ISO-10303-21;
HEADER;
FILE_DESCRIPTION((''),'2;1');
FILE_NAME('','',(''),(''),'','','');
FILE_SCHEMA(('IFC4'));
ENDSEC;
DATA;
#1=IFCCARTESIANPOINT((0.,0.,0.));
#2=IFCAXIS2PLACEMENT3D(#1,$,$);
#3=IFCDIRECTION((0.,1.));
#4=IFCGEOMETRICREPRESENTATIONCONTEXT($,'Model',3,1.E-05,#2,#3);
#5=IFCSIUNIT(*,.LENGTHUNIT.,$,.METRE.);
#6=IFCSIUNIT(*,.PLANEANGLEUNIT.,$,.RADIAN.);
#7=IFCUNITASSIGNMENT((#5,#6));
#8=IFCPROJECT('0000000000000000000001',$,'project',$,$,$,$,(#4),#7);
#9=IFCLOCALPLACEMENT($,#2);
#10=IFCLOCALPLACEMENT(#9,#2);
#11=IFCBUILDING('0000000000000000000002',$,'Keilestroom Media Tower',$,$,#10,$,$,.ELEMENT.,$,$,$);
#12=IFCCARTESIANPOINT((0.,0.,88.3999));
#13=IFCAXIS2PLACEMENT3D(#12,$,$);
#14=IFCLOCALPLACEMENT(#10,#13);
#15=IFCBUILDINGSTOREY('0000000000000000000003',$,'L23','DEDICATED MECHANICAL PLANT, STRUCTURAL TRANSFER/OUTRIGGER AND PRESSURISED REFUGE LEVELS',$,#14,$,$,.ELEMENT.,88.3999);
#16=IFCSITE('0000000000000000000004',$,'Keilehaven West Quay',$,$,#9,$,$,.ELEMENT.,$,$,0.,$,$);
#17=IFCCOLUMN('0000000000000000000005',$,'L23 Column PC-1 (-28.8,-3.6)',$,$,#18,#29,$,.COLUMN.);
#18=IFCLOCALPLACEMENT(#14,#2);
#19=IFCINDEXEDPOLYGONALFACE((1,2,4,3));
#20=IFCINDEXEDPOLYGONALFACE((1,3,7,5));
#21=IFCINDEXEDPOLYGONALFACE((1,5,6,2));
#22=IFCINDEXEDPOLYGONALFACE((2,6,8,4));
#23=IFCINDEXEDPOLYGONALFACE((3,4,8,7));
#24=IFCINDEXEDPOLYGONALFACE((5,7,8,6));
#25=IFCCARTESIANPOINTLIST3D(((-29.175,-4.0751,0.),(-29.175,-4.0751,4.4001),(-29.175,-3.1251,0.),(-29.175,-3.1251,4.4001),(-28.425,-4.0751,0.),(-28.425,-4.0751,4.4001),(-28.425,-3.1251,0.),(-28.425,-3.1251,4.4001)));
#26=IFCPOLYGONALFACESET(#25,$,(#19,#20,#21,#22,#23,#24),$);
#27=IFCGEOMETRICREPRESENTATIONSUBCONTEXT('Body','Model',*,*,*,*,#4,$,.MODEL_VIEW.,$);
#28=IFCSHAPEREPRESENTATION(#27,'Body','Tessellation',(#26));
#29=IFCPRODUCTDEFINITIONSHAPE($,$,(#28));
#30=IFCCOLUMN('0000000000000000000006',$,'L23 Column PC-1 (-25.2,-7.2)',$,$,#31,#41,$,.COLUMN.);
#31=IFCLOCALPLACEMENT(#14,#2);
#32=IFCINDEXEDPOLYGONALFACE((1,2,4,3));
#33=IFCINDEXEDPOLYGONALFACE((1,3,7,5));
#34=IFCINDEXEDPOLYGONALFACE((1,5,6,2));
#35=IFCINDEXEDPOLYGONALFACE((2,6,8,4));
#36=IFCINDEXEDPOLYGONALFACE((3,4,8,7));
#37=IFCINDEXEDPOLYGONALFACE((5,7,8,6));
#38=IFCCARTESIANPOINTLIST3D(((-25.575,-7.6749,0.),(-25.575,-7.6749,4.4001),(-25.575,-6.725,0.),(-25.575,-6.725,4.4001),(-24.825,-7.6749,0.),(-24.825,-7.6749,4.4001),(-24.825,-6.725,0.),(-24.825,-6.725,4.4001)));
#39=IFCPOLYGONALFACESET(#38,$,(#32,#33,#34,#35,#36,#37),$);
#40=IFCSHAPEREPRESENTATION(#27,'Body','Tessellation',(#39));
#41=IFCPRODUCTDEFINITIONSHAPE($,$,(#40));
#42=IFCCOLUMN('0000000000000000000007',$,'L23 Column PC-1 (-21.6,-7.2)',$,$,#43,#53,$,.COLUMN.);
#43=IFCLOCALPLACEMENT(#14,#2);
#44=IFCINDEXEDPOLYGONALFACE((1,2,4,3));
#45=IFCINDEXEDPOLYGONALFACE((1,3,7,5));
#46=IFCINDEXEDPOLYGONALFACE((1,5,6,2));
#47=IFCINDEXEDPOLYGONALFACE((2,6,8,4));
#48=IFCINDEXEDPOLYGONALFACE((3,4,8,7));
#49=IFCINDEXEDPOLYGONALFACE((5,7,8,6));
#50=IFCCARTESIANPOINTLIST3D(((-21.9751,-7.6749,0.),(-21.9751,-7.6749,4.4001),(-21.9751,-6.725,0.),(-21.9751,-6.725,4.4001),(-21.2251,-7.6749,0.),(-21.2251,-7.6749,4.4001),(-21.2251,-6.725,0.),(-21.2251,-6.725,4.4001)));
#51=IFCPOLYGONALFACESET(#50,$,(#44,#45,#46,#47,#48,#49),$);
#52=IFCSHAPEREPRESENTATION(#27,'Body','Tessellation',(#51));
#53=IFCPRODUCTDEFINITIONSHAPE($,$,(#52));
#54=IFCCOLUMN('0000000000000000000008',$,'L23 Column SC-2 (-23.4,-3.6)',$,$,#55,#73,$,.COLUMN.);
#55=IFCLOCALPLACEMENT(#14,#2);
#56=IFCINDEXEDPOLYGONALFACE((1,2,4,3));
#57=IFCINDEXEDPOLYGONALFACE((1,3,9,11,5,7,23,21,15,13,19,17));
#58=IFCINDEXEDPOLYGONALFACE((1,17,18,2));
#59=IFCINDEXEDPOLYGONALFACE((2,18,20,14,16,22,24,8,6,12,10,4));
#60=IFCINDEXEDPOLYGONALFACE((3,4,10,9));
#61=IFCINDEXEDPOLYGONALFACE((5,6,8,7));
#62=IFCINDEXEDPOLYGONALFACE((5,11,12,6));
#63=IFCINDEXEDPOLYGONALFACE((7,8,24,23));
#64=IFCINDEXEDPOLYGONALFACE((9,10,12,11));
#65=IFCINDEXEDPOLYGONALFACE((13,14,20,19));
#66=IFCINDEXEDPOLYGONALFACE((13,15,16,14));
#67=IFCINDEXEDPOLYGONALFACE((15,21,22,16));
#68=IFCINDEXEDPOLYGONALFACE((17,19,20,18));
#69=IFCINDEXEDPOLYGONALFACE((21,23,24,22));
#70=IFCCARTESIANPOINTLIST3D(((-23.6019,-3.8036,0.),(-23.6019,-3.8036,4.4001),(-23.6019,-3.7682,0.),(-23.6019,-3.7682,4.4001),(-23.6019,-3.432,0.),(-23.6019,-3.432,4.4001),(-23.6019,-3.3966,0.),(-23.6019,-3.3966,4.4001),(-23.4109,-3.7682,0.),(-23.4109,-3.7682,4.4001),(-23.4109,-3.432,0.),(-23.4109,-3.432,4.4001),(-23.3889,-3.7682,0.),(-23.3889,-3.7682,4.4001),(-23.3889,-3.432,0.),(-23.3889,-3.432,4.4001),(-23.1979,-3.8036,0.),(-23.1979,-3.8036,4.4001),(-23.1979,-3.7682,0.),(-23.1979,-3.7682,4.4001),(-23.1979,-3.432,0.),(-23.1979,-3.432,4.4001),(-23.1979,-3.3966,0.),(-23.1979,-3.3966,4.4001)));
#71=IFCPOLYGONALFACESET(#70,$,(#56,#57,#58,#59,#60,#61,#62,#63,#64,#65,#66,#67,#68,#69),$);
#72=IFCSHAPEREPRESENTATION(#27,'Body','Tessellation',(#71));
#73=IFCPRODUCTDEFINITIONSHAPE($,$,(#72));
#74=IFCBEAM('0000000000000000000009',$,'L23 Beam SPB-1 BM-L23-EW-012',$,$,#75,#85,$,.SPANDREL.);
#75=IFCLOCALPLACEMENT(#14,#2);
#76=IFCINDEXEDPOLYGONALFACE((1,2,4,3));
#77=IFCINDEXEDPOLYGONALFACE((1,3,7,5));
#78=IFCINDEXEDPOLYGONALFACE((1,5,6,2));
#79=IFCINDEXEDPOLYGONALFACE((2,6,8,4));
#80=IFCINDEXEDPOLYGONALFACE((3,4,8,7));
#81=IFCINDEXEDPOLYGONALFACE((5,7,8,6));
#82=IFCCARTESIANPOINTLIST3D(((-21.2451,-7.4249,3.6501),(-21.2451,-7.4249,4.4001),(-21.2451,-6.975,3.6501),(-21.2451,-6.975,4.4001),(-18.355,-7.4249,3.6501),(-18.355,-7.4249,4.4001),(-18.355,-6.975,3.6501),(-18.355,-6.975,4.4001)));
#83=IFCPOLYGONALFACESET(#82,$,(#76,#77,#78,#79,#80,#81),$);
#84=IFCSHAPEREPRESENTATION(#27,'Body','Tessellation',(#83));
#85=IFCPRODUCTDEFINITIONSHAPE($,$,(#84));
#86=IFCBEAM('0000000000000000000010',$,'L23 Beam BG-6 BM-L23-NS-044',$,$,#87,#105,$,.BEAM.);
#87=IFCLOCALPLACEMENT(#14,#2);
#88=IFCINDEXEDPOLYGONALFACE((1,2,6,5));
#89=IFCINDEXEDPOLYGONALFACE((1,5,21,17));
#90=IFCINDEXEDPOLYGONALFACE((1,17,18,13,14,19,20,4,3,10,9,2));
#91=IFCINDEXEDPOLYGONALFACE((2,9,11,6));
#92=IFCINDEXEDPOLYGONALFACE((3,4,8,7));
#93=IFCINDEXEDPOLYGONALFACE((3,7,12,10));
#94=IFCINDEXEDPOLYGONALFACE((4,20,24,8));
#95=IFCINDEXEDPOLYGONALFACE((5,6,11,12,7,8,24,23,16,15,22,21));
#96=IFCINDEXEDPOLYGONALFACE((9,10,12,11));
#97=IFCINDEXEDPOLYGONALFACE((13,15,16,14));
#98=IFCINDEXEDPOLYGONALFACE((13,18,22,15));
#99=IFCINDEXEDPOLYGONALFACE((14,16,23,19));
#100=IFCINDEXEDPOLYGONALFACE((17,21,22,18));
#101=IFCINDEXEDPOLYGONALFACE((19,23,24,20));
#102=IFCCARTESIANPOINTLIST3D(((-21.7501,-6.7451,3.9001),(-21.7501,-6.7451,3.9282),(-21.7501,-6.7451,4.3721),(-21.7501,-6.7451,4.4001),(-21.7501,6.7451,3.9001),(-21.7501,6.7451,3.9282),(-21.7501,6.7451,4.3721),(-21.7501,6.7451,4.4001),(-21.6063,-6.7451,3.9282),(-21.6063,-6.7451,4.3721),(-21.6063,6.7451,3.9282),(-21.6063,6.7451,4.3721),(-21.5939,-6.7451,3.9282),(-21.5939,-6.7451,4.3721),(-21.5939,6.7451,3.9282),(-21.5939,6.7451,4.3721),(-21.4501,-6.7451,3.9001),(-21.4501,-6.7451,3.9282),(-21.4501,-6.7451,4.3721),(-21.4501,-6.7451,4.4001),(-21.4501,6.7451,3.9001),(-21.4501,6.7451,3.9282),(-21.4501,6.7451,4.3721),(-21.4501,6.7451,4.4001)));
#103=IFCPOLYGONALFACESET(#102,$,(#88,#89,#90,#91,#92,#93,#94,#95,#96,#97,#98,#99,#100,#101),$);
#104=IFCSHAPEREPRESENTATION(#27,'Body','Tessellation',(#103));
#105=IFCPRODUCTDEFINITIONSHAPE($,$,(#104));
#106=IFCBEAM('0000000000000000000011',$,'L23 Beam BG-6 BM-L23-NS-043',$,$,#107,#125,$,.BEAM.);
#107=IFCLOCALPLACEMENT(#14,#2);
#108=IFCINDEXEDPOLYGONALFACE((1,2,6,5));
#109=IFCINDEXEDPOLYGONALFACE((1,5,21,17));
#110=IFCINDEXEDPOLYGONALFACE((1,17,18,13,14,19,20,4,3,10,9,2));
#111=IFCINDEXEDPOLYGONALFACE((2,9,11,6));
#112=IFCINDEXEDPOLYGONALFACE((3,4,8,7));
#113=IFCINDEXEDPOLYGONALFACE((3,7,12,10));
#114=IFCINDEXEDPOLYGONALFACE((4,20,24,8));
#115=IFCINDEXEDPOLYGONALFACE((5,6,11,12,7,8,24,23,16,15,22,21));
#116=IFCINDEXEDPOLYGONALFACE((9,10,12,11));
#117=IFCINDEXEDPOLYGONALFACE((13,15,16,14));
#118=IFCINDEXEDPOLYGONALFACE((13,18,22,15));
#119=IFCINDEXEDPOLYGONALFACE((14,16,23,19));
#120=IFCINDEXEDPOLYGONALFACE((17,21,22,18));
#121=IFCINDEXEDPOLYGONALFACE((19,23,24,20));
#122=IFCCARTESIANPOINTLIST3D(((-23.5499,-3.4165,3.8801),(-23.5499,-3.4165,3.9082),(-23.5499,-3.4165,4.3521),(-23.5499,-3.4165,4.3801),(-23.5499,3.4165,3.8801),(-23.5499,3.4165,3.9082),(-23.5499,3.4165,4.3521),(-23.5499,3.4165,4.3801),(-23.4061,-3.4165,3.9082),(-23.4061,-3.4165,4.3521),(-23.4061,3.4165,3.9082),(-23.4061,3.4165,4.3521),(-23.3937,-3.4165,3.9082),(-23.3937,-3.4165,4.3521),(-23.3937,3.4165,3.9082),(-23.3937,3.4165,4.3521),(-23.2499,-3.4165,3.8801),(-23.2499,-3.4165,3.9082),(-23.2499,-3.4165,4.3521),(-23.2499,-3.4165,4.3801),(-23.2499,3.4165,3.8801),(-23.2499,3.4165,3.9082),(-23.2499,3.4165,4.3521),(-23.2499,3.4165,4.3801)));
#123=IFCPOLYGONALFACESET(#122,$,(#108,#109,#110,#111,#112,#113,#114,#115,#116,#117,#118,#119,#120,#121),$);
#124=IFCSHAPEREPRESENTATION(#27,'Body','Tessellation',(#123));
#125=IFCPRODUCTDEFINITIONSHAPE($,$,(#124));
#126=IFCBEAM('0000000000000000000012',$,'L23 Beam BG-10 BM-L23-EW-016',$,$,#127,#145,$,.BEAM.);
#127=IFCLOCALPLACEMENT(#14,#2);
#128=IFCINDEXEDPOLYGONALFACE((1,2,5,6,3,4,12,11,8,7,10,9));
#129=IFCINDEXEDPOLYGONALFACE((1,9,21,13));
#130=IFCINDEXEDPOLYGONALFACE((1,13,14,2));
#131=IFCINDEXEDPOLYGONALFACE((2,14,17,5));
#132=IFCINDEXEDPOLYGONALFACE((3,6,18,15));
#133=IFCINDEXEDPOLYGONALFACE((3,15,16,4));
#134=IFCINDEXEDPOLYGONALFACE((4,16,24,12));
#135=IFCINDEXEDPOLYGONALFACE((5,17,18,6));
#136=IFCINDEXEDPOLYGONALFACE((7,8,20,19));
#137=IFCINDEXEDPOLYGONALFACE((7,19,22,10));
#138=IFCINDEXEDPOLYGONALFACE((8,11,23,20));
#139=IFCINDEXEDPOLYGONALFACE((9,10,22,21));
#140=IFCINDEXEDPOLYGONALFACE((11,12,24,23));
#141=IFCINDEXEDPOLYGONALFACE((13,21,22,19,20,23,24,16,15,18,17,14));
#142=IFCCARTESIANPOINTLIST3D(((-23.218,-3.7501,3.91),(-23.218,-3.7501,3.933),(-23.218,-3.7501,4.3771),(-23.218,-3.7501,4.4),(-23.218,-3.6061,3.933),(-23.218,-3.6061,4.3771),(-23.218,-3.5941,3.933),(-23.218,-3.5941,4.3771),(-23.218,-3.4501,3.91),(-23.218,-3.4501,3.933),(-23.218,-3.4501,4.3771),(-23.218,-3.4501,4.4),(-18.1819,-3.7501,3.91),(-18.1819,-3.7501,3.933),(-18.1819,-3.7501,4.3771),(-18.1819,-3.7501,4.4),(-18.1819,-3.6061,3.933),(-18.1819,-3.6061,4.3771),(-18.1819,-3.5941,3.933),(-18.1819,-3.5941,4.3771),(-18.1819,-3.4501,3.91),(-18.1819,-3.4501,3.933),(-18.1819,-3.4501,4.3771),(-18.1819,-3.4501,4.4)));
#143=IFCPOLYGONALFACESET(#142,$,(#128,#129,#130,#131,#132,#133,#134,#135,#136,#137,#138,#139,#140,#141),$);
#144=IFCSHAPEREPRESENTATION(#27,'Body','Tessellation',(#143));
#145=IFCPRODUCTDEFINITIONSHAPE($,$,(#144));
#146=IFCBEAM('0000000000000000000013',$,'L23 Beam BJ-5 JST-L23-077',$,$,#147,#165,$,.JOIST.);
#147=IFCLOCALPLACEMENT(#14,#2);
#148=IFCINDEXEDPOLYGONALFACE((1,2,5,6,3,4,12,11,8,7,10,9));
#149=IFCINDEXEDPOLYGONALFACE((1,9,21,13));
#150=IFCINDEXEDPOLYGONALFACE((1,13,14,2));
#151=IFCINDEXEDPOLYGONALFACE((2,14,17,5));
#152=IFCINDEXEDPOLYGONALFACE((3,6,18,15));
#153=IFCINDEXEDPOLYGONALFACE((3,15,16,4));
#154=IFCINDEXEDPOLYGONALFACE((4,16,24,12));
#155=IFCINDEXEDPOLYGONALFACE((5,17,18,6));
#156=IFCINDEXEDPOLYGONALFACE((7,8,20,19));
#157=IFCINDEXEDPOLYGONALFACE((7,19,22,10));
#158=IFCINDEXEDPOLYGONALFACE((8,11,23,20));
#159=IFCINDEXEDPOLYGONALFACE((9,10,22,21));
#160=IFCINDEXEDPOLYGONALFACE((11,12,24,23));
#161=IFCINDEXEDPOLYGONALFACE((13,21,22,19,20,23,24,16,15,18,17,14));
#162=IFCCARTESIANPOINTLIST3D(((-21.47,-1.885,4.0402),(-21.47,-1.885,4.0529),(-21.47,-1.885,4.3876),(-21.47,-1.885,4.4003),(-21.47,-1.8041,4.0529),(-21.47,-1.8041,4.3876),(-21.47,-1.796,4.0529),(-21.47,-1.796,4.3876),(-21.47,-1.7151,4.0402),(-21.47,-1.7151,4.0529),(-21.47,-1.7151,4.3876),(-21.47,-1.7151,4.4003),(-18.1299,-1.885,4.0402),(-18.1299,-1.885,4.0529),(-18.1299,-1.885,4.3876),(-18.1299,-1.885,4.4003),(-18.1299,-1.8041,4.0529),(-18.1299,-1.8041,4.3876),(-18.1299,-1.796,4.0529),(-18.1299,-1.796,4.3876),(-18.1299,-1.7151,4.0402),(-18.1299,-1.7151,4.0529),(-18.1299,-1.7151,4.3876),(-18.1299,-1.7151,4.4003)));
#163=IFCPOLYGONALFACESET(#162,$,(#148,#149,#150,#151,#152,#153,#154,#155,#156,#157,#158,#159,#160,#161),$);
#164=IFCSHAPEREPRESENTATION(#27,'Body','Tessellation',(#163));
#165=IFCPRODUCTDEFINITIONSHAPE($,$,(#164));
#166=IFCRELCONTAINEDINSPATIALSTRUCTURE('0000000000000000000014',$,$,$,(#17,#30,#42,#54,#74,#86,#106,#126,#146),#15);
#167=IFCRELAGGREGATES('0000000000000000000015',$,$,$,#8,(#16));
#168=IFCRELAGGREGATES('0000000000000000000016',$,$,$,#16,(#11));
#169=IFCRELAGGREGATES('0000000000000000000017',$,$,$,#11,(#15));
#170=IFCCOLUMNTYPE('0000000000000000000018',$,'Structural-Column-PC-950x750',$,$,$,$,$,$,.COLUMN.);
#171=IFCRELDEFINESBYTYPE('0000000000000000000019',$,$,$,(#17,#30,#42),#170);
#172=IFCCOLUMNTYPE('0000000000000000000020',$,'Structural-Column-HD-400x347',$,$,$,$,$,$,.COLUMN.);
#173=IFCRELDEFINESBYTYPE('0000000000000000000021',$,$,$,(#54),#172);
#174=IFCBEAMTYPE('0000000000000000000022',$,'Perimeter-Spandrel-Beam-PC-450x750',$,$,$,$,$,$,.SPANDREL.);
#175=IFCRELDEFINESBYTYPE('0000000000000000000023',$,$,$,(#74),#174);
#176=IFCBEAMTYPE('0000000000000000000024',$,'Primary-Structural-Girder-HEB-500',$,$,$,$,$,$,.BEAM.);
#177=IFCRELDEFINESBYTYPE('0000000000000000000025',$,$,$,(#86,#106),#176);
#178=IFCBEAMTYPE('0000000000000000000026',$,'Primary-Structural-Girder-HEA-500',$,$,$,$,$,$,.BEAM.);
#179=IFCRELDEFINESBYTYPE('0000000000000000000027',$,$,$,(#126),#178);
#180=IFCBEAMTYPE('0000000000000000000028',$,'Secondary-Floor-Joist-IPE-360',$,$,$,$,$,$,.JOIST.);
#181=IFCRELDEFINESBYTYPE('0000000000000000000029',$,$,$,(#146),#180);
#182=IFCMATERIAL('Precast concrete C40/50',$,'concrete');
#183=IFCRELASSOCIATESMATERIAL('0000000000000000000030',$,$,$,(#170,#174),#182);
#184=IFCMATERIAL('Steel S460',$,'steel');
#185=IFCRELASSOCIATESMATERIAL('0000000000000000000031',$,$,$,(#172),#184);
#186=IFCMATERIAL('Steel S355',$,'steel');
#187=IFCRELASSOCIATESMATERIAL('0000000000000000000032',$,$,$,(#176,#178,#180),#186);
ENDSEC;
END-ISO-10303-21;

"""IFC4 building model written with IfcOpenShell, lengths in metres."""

from ifc_helpers import new_model, si_unit, direction, frame, origin, origin_2d, place, context, subcontext, project, spatial, rectangle, i_section, extrude, source, transform, mapped, material, material_profile, profile_set, type_object, element, save


model = new_model("IFC4")

# Units and contexts
model_context = context("Model", 3, precision=1e-05, world=origin(), true_north=direction((0.0, 1.0)))
body_context = subcontext(model_context, "Body", "Model", "MODEL_VIEW")
ifc_project = project(units=[si_unit("LENGTHUNIT", "METRE"), si_unit("PLANEANGLEUNIT", "RADIAN")], contexts=[model_context])

# Site, building, storey
site_placement = place(None, origin())
site = spatial("IfcSite", under=ifc_project, at=site_placement, Name="Keilehaven West Quay", CompositionType="ELEMENT", RefElevation=0.0)
building_placement = place(site_placement, origin())
building = spatial("IfcBuilding", under=site, at=building_placement, Name="Keilestroom Media Tower", CompositionType="ELEMENT")
storey_placement = place(building_placement, frame((0.0, 0.0, 88.3999)))
storey = spatial("IfcBuildingStorey", under=building, at=storey_placement, Name="L23", Description="DEDICATED MECHANICAL PLANT, STRUCTURAL TRANSFER/OUTRIGGER AND PRESSURISED REFUGE LEVELS", CompositionType="ELEMENT", Elevation=88.3999)

# Columns
ifc_material_1 = material(Name="Precast concrete C40/50", Category="concrete")
ifc_material_profile_1 = material_profile(ifc_material_1, rectangle(XDim=0.75, YDim=0.95, at=origin_2d()), Name="PC 950x750")
ifc_profile_set_1 = profile_set([ifc_material_profile_1], Name="Precast concrete C40/50")
column_type_1 = type_object("IfcColumnType", Name="Structural-Column-PC-950x750", PredefinedType="COLUMN", material=ifc_profile_set_1)
shared_shape_1 = source(origin(), body_context, "Body", "SweptSolid", [
    extrude(rectangle(XDim=0.75, YDim=0.95, at=origin_2d()), origin(), (0.0, 0.0, 1.0), 4.4001),
])
for number, where, z_axis, x_axis, name in (
    (1, (-28.8, -3.6001, 0.0), (0.0, 0.0, 1.0), (1.0, 0.0, 0.0), "L23 Column PC-1 (-28.8,-3.6)"),
    (2, (-25.2, -7.2, 0.0), (0.0, 0.0, 1.0), (1.0, 0.0, 0.0), "L23 Column PC-1 (-25.2,-7.2)"),
    (3, (-21.6001, -7.2, 0.0), (0.0, 0.0, 1.0), (1.0, 0.0, 0.0), "L23 Column PC-1 (-21.6,-7.2)"),
):
    element("IfcColumn", number, at=place(storey_placement, frame(where, z_axis=z_axis, x_axis=x_axis)), inside=storey, type_object=column_type_1, Name=name, PredefinedType="COLUMN", context=body_context, shape_type="MappedRepresentation", body=[
        mapped(shared_shape_1, transform((0.0, 0.0, 0.0), x_axis=(1.0, 0.0, 0.0), y_axis=(0.0, 1.0, 0.0), z_axis=(0.0, 0.0, 1.0), scale=1.0)),
    ])
ifc_material_2 = material(Name="Steel S460", Category="steel")
ifc_material_profile_2 = material_profile(ifc_material_2, i_section(OverallWidth=0.4041, OverallDepth=0.407, WebThickness=0.022, FlangeThickness=0.0354, at=origin_2d()), Name="HD 400x347")
ifc_profile_set_2 = profile_set([ifc_material_profile_2], Name="Steel S460")
column_type_2 = type_object("IfcColumnType", Name="Structural-Column-HD-400x347", PredefinedType="COLUMN", material=ifc_profile_set_2)
shared_shape_2 = source(origin(), body_context, "Body", "SweptSolid", [
    extrude(i_section(OverallWidth=0.4041, OverallDepth=0.407, WebThickness=0.022, FlangeThickness=0.0354, at=origin_2d()), origin(), (0.0, 0.0, 1.0), 4.4001),
])
column_placement = place(storey_placement, frame((-23.3999, -3.6001, 0.0), z_axis=(0.0, 0.0, 1.0), x_axis=(1.0, 0.0, 0.0)))
element("IfcColumn", 4, at=column_placement, inside=storey, type_object=column_type_2, Name="L23 Column SC-2 (-23.4,-3.6)", PredefinedType="COLUMN", context=body_context, shape_type="MappedRepresentation", body=[
    mapped(shared_shape_2, transform((0.0, 0.0, 0.0), x_axis=(1.0, 0.0, 0.0), y_axis=(0.0, 1.0, 0.0), z_axis=(0.0, 0.0, 1.0), scale=1.0)),
])

# Beams
ifc_material_profile_3 = material_profile(ifc_material_1, rectangle(XDim=0.45, YDim=0.75, at=origin_2d()), Name="PC 450x750")
ifc_profile_set_3 = profile_set([ifc_material_profile_3], Name="Precast concrete C40/50")
beam_type_1 = type_object("IfcBeamType", Name="Perimeter-Spandrel-Beam-PC-450x750", PredefinedType="SPANDREL", material=ifc_profile_set_3)
shared_shape_3 = source(origin(), body_context, "Body", "SweptSolid", [
    extrude(rectangle(XDim=0.45, YDim=0.75, at=origin_2d()), origin(), (0.0, 0.0, 1.0), 2.8901),
])
beam_1_placement = place(storey_placement, frame((-21.2451, -7.2, 4.0251), z_axis=(1.0, 0.0, 0.0), x_axis=(0.0, 1.0, 0.0)))
element("IfcBeam", 5, at=beam_1_placement, inside=storey, type_object=beam_type_1, Name="L23 Beam SPB-1 BM-L23-EW-012", PredefinedType="SPANDREL", context=body_context, shape_type="MappedRepresentation", body=[
    mapped(shared_shape_3, transform((0.0, 0.0, 0.0), x_axis=(1.0, 0.0, 0.0), y_axis=(0.0, 1.0, 0.0), z_axis=(0.0, 0.0, 1.0), scale=1.0)),
])
ifc_material_3 = material(Name="Steel S355", Category="steel")
ifc_material_profile_4 = material_profile(ifc_material_3, i_section(OverallWidth=0.3, OverallDepth=0.5, WebThickness=0.0125, FlangeThickness=0.0281, at=origin_2d()), Name="HEB 500")
ifc_profile_set_4 = profile_set([ifc_material_profile_4], Name="Steel S355")
beam_type_2 = type_object("IfcBeamType", Name="Primary-Structural-Girder-HEB-500", PredefinedType="BEAM", material=ifc_profile_set_4)
shared_shape_4 = source(origin(), body_context, "Body", "SweptSolid", [
    extrude(i_section(OverallWidth=0.3, OverallDepth=0.5, WebThickness=0.0125, FlangeThickness=0.0281, at=origin_2d()), origin(), (0.0, 0.0, 1.0), 13.4902),
])
beam_2_placement = place(storey_placement, frame((-21.6001, -6.7451, 4.1501), z_axis=(0.0, 1.0, 0.0), x_axis=(-1.0, 0.0, 0.0)))
element("IfcBeam", 6, at=beam_2_placement, inside=storey, type_object=beam_type_2, Name="L23 Beam BG-6 BM-L23-NS-044", PredefinedType="BEAM", context=body_context, shape_type="MappedRepresentation", body=[
    mapped(shared_shape_4, transform((0.0, 0.0, 0.0), x_axis=(1.0, 0.0, 0.0), y_axis=(0.0, 1.0, 0.0), z_axis=(0.0, 0.0, 1.0), scale=1.0)),
])
shared_shape_5 = source(origin(), body_context, "Body", "SweptSolid", [
    extrude(i_section(OverallWidth=0.3, OverallDepth=0.5, WebThickness=0.0125, FlangeThickness=0.0281, at=origin_2d()), origin(), (0.0, 0.0, 1.0), 6.833),
])
beam_3_placement = place(storey_placement, frame((-23.3999, -3.4165, 4.1301), z_axis=(0.0, 1.0, 0.0), x_axis=(-1.0, 0.0, 0.0)))
element("IfcBeam", 7, at=beam_3_placement, inside=storey, type_object=beam_type_2, Name="L23 Beam BG-6 BM-L23-NS-043", PredefinedType="BEAM", context=body_context, shape_type="MappedRepresentation", body=[
    mapped(shared_shape_5, transform((0.0, 0.0, 0.0), x_axis=(1.0, 0.0, 0.0), y_axis=(0.0, 1.0, 0.0), z_axis=(0.0, 0.0, 1.0), scale=1.0)),
])
ifc_material_profile_5 = material_profile(ifc_material_3, i_section(OverallWidth=0.3, OverallDepth=0.49, WebThickness=0.012, FlangeThickness=0.0229, at=origin_2d()), Name="HEA 500")
ifc_profile_set_5 = profile_set([ifc_material_profile_5], Name="Steel S355")
beam_type_3 = type_object("IfcBeamType", Name="Primary-Structural-Girder-HEA-500", PredefinedType="BEAM", material=ifc_profile_set_5)
shared_shape_6 = source(origin(), body_context, "Body", "SweptSolid", [
    extrude(i_section(OverallWidth=0.3, OverallDepth=0.49, WebThickness=0.012, FlangeThickness=0.0229, at=origin_2d()), origin(), (0.0, 0.0, 1.0), 5.0361),
])
beam_4_placement = place(storey_placement, frame((-23.218, -3.6001, 4.155), z_axis=(1.0, 0.0, 0.0), x_axis=(0.0, 1.0, 0.0)))
element("IfcBeam", 8, at=beam_4_placement, inside=storey, type_object=beam_type_3, Name="L23 Beam BG-10 BM-L23-EW-016", PredefinedType="BEAM", context=body_context, shape_type="MappedRepresentation", body=[
    mapped(shared_shape_6, transform((0.0, 0.0, 0.0), x_axis=(1.0, 0.0, 0.0), y_axis=(0.0, 1.0, 0.0), z_axis=(0.0, 0.0, 1.0), scale=1.0)),
])
ifc_material_profile_6 = material_profile(ifc_material_3, i_section(OverallWidth=0.1699, OverallDepth=0.3601, WebThickness=0.0081, FlangeThickness=0.0127, at=origin_2d()), Name="IPE 360")
ifc_profile_set_6 = profile_set([ifc_material_profile_6], Name="Steel S355")
beam_type_4 = type_object("IfcBeamType", Name="Secondary-Floor-Joist-IPE-360", PredefinedType="JOIST", material=ifc_profile_set_6)
shared_shape_7 = source(origin(), body_context, "Body", "SweptSolid", [
    extrude(i_section(OverallWidth=0.1699, OverallDepth=0.3601, WebThickness=0.0081, FlangeThickness=0.0127, at=origin_2d()), origin(), (0.0, 0.0, 1.0), 3.3401),
])
beam_5_placement = place(storey_placement, frame((-21.47, -1.8, 4.2202), z_axis=(1.0, 0.0, 0.0), x_axis=(0.0, 1.0, 0.0)))
element("IfcBeam", 9, at=beam_5_placement, inside=storey, type_object=beam_type_4, Name="L23 Beam BJ-5 JST-L23-077", PredefinedType="JOIST", context=body_context, shape_type="MappedRepresentation", body=[
    mapped(shared_shape_7, transform((0.0, 0.0, 0.0), x_axis=(1.0, 0.0, 0.0), y_axis=(0.0, 1.0, 0.0), z_axis=(0.0, 0.0, 1.0), scale=1.0)),
])

save(model, "model.ifc")
